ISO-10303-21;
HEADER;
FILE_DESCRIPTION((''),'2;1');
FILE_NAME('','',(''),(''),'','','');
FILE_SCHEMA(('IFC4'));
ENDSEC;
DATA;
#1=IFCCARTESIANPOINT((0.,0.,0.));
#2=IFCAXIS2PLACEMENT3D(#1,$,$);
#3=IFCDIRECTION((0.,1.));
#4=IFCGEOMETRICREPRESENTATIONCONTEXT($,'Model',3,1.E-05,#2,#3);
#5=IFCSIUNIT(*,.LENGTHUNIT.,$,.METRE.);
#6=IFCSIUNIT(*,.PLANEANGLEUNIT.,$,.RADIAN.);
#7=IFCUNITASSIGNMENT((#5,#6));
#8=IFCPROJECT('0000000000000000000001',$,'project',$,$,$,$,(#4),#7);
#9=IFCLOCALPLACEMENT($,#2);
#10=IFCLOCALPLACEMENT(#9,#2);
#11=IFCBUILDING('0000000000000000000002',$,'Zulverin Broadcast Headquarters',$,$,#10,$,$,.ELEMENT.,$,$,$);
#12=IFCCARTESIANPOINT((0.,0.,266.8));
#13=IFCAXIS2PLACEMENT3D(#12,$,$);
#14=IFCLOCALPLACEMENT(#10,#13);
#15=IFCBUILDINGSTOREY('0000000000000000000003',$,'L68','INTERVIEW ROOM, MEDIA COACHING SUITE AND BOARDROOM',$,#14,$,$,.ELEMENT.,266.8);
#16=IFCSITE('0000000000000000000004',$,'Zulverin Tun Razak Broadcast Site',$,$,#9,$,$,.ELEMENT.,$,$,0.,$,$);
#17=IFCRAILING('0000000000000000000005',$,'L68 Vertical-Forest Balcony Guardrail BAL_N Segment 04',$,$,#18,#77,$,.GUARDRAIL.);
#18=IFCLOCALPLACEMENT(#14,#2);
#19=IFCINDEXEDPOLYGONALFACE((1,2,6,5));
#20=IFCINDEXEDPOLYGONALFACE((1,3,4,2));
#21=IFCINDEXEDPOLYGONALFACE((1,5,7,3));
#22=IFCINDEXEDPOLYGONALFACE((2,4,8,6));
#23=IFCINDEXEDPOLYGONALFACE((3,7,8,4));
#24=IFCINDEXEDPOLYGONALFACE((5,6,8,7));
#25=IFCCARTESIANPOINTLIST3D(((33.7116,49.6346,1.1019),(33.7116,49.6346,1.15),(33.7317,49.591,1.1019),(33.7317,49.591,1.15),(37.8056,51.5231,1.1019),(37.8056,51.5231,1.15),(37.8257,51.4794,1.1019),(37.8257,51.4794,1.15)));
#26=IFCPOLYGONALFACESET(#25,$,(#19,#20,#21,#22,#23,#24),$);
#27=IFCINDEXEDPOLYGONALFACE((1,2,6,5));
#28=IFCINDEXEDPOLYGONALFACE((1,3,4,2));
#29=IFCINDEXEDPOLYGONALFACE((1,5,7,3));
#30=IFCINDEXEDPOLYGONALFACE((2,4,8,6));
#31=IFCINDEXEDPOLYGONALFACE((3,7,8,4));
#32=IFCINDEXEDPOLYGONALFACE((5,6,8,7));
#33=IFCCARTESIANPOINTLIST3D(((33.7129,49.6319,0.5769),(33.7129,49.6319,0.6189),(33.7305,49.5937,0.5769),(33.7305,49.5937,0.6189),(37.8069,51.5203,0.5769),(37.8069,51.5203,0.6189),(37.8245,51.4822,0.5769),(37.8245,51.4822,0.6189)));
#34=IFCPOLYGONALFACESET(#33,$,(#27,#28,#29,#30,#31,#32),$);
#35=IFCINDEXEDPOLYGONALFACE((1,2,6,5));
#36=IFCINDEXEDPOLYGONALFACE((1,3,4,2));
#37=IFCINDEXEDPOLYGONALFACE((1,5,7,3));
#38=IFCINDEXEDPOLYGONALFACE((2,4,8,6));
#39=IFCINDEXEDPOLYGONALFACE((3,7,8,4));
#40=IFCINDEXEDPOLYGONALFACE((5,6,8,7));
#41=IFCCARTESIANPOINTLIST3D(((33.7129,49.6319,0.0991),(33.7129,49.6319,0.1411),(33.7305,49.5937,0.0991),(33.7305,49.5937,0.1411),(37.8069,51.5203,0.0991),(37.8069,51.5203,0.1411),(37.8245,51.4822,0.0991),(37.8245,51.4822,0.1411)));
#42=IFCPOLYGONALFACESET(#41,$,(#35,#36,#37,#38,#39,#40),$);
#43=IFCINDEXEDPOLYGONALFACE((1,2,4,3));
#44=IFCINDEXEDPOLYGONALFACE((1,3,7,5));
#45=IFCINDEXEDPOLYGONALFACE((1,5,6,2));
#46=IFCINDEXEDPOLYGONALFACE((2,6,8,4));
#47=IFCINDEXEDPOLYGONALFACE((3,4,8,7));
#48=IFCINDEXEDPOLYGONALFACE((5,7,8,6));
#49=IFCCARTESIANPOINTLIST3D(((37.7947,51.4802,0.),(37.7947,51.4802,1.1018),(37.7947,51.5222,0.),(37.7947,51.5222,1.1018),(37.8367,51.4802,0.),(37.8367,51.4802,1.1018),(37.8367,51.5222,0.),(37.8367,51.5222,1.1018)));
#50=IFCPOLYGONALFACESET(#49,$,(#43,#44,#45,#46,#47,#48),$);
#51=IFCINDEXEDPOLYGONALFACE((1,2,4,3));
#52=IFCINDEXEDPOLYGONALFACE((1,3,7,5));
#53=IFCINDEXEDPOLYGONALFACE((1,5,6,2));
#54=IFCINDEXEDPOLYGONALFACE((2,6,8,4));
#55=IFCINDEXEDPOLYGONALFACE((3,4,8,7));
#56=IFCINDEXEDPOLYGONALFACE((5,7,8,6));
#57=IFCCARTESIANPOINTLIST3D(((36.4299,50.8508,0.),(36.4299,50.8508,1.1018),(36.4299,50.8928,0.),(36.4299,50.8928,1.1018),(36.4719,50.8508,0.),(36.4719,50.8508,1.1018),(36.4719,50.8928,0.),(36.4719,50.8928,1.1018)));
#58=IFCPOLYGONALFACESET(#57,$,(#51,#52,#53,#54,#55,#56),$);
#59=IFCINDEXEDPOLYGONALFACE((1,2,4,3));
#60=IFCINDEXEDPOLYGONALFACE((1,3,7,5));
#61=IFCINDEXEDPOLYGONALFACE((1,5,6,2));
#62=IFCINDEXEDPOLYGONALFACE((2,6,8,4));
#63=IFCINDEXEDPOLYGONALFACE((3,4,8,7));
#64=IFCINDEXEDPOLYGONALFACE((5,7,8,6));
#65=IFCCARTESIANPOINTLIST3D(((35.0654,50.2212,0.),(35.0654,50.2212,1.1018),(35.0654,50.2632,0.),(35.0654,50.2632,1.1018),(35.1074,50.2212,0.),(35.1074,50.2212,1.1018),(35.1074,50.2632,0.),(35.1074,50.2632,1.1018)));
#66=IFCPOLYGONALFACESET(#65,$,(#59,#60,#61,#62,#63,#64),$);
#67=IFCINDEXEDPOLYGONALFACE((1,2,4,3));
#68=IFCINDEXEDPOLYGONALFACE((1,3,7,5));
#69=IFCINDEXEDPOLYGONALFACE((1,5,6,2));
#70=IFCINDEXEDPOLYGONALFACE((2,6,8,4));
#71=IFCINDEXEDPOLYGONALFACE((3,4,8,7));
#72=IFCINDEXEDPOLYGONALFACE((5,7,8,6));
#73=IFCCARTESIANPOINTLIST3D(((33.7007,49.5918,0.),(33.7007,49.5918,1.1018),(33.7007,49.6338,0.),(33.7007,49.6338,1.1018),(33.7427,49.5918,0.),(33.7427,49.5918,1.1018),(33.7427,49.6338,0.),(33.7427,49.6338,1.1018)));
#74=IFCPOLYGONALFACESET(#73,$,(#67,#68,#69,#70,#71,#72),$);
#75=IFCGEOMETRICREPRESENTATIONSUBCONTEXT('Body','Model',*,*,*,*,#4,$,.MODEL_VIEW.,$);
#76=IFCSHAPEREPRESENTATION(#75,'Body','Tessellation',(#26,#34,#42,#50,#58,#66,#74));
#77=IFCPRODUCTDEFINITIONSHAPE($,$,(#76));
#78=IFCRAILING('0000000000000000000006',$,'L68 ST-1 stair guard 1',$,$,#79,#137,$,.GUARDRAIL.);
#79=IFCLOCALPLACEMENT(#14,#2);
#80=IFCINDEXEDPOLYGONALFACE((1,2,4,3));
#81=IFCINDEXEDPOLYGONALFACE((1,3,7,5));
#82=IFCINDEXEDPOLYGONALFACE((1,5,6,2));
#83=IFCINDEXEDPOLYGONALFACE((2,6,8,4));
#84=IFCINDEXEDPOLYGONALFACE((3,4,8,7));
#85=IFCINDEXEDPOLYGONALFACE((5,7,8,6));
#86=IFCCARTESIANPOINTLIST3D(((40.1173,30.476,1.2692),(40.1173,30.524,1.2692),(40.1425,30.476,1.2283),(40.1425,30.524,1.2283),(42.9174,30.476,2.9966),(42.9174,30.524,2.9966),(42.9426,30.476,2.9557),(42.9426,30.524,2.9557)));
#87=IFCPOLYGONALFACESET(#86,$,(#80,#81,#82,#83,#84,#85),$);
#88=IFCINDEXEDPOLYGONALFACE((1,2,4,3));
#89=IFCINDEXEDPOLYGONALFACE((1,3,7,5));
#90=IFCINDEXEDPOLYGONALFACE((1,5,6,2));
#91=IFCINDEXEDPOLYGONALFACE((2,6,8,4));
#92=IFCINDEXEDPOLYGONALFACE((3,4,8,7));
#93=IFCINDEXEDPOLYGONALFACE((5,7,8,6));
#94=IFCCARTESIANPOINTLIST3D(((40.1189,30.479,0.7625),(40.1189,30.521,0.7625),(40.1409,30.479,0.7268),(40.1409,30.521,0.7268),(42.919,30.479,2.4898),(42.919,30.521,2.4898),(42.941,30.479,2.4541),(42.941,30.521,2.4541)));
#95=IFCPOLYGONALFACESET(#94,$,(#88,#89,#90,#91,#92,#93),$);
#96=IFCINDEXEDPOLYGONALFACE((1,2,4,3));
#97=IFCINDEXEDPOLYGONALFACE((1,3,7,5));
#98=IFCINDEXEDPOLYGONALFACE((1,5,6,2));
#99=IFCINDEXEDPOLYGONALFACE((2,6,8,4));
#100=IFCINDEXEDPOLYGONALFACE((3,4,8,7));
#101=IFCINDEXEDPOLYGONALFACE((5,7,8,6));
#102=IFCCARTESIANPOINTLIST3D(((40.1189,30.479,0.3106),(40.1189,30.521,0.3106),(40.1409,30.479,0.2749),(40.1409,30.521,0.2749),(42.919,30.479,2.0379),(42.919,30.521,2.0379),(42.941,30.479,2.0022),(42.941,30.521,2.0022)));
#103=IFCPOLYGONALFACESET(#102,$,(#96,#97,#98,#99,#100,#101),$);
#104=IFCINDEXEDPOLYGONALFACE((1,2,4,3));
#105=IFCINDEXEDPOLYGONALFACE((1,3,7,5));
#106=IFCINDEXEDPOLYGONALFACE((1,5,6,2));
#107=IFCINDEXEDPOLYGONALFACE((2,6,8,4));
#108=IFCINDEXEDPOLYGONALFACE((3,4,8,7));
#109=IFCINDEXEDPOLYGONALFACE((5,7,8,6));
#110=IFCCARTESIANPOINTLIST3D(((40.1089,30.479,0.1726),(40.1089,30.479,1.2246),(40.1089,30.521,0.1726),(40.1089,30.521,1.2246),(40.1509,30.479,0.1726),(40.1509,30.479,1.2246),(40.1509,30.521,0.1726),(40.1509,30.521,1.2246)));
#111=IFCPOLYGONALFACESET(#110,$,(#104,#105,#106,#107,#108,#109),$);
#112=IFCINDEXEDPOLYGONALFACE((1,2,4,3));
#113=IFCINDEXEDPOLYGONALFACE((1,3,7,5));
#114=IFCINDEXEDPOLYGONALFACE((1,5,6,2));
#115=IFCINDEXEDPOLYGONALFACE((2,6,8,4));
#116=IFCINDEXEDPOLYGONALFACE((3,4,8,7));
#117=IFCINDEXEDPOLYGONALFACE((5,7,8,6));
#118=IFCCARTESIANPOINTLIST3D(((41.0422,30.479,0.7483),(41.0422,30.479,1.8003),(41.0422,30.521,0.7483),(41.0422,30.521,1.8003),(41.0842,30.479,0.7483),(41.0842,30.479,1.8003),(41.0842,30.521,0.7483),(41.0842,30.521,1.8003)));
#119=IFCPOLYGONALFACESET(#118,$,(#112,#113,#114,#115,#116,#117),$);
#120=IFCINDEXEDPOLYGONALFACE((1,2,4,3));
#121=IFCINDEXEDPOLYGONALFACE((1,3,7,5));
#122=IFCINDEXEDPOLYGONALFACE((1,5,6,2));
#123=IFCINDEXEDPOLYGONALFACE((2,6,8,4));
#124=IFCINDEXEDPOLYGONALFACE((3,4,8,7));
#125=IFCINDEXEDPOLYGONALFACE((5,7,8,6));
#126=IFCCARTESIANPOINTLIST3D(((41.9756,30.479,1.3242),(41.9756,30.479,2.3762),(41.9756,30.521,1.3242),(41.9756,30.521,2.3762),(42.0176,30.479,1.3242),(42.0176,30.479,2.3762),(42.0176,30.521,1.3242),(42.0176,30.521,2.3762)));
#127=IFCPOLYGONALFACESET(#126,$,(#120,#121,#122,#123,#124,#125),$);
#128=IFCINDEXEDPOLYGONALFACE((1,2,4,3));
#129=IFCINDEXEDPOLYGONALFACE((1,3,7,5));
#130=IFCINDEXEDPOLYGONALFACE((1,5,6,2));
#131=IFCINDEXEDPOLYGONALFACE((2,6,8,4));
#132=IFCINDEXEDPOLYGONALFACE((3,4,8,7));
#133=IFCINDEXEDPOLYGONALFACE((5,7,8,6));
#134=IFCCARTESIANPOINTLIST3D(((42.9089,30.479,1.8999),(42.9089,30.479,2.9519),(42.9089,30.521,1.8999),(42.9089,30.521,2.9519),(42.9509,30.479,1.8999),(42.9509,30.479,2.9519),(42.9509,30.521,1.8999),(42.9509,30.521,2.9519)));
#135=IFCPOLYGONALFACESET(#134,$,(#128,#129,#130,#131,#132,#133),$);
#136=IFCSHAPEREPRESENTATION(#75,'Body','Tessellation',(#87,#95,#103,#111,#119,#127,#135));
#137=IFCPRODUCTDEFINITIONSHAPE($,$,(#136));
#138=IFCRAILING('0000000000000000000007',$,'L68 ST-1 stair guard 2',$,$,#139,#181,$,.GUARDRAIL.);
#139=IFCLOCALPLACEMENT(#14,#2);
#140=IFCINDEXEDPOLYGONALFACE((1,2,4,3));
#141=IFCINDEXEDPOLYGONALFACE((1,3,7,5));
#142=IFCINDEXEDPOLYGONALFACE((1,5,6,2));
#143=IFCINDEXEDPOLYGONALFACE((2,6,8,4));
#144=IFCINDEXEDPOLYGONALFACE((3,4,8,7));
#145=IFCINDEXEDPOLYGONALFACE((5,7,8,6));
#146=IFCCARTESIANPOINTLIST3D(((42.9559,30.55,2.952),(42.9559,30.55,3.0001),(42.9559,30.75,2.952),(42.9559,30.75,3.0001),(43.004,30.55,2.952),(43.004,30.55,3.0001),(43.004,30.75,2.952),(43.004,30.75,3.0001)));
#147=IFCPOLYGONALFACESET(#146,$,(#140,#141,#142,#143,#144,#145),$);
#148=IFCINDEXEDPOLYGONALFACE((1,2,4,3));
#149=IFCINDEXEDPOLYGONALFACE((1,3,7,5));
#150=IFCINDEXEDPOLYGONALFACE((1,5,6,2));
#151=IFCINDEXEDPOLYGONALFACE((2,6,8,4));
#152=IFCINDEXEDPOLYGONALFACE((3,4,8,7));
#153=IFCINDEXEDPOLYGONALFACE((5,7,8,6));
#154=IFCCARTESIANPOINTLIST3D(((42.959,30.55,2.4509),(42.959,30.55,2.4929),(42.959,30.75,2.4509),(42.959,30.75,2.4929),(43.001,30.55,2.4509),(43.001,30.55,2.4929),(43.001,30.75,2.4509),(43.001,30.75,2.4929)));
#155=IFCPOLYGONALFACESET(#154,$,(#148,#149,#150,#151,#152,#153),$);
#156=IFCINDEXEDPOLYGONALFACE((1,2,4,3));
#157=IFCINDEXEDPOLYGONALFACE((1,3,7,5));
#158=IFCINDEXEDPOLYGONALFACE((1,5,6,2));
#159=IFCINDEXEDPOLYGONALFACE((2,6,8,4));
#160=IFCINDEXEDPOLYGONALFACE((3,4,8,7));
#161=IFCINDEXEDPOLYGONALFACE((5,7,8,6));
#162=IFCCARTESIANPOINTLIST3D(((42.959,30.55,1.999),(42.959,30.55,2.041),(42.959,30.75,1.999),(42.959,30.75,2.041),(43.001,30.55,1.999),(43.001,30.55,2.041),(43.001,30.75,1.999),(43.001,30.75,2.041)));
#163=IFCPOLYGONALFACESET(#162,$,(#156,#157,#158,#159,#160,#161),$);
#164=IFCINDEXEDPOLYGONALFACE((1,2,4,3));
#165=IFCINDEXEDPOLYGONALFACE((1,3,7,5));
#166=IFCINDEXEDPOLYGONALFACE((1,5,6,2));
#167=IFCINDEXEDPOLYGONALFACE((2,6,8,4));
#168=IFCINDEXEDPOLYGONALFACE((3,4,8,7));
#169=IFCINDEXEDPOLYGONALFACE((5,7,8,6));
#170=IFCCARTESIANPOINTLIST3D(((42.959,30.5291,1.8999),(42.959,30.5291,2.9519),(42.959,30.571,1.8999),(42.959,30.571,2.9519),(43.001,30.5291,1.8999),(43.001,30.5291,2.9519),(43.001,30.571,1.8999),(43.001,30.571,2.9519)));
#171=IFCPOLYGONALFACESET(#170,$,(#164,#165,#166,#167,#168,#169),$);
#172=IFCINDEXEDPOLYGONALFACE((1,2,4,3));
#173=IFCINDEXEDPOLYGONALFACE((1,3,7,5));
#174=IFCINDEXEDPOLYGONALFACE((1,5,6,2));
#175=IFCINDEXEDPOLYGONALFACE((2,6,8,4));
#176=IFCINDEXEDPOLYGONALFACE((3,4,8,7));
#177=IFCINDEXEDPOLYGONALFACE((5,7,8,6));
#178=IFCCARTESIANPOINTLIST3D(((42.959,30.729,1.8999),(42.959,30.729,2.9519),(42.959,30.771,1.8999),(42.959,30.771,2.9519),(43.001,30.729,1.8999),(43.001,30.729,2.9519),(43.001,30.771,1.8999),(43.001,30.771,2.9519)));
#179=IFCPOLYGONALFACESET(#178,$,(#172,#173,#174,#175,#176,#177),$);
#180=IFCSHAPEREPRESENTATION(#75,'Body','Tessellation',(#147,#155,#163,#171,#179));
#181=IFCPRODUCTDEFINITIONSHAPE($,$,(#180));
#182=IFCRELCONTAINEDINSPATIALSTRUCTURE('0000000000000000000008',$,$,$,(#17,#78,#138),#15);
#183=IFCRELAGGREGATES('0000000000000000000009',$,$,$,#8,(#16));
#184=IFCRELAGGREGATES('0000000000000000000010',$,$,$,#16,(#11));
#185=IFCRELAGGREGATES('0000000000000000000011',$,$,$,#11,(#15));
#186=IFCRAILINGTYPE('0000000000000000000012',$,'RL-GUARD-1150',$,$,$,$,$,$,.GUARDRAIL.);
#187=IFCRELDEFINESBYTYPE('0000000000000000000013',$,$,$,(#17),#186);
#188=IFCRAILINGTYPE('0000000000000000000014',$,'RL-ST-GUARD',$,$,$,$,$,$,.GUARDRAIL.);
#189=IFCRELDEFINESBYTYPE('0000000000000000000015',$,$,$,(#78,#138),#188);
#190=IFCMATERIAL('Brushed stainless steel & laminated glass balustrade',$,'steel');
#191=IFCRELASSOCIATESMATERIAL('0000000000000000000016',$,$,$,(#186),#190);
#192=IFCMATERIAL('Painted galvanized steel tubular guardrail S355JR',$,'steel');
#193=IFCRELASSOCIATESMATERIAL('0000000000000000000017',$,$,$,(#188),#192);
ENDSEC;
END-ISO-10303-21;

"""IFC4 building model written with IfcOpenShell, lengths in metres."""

from ifc_helpers import new_model, si_unit, direction, frame, origin, origin_2d, place, context, subcontext, project, spatial, rectangle, extrude, material, type_object, element, save


model = new_model("IFC4")

# Units and contexts
model_context = context("Model", 3, precision=1e-05, world=origin(), true_north=direction((0.0, 1.0)))
body_context = subcontext(model_context, "Body", "Model", "MODEL_VIEW")
ifc_project = project(units=[si_unit("LENGTHUNIT", "METRE"), si_unit("PLANEANGLEUNIT", "RADIAN")], contexts=[model_context])

# Site, building, storey
site_placement = place(None, origin())
site = spatial("IfcSite", under=ifc_project, at=site_placement, Name="Zulverin Tun Razak Broadcast Site", CompositionType="ELEMENT", RefElevation=0.0)
building_placement = place(site_placement, origin())
building = spatial("IfcBuilding", under=site, at=building_placement, Name="Zulverin Broadcast Headquarters", CompositionType="ELEMENT")
storey_placement = place(building_placement, frame((0.0, 0.0, 266.8)))
storey = spatial("IfcBuildingStorey", under=building, at=storey_placement, Name="L68", Description="INTERVIEW ROOM, MEDIA COACHING SUITE AND BOARDROOM", CompositionType="ELEMENT", Elevation=266.8)

# Railings
ifc_material_1 = material(Name="Brushed stainless steel & laminated glass balustrade", Category="steel")
railing_type_1 = type_object("IfcRailingType", Name="RL-GUARD-1150", PredefinedType="GUARDRAIL", material=ifc_material_1)
railing_1_placement = place(storey_placement, frame((37.8157, 51.5012, 0.0)))
element("IfcRailing", 1, at=railing_1_placement, inside=storey, type_object=railing_type_1, Name="L68 Vertical-Forest Balcony Guardrail BAL_N Segment 04", PredefinedType="GUARDRAIL", context=body_context, shape_type="SweptSolid", body=[
    extrude(rectangle(XDim=0.0481, YDim=0.0481, at=origin_2d()), frame((0.0, 0.0, 1.126), z_axis=(-0.908053, -0.418856, 0.0), x_axis=(0.418856, -0.908053, 0.0)), (0.0, 0.0, 1.0), 4.5085),
    extrude(rectangle(XDim=0.042, YDim=0.042, at=origin_2d()), frame((0.0, 0.0, 0.5979), z_axis=(-0.908053, -0.418856, 0.0), x_axis=(0.418856, -0.908053, 0.0)), (0.0, 0.0, 1.0), 4.5085),
    extrude(rectangle(XDim=0.042, YDim=0.042, at=origin_2d()), frame((0.0, 0.0, 0.1201), z_axis=(-0.908053, -0.418856, 0.0), x_axis=(0.418856, -0.908053, 0.0)), (0.0, 0.0, 1.0), 4.5085),
    extrude(rectangle(XDim=0.042, YDim=0.042, at=origin_2d()), origin(), (0.0, 0.0, 1.0), 1.1018),
    extrude(rectangle(XDim=0.042, YDim=0.042, at=origin_2d()), frame((-1.3647, -0.6294, 0.0)), (0.0, 0.0, 1.0), 1.1018),
    extrude(rectangle(XDim=0.042, YDim=0.042, at=origin_2d()), frame((-2.7292, -1.259, 0.0)), (0.0, 0.0, 1.0), 1.1018),
    extrude(rectangle(XDim=0.042, YDim=0.042, at=origin_2d()), frame((-4.094, -1.8884, 0.0)), (0.0, 0.0, 1.0), 1.1018),
])
ifc_material_2 = material(Name="Painted galvanized steel tubular guardrail S355JR", Category="steel")
railing_type_2 = type_object("IfcRailingType", Name="RL-ST-GUARD", PredefinedType="GUARDRAIL", material=ifc_material_2)
railing_2_placement = place(storey_placement, frame((40.1299, 30.5, 0.1726)))
element("IfcRailing", 2, at=railing_2_placement, inside=storey, type_object=railing_type_2, Name="L68 ST-1 stair guard 1", PredefinedType="GUARDRAIL", context=body_context, shape_type="SweptSolid", body=[
    extrude(rectangle(XDim=0.0481, YDim=0.0481, at=origin_2d()), frame((0.0, 0.0, 1.0762), z_axis=(0.85109, 0.0, 0.52502), x_axis=(0.0, 1.0, 0.0)), (0.0, 0.0, 1.0), 3.29),
    extrude(rectangle(XDim=0.042, YDim=0.042, at=origin_2d()), frame((0.0, 0.0, 0.572), z_axis=(0.85109, 0.0, 0.52502), x_axis=(0.0, 1.0, 0.0)), (0.0, 0.0, 1.0), 3.29),
    extrude(rectangle(XDim=0.042, YDim=0.042, at=origin_2d()), frame((0.0, 0.0, 0.1201), z_axis=(0.85109, 0.0, 0.52502), x_axis=(0.0, 1.0, 0.0)), (0.0, 0.0, 1.0), 3.29),
    extrude(rectangle(XDim=0.042, YDim=0.042, at=origin_2d()), origin(), (0.0, 0.0, 1.0), 1.052),
    extrude(rectangle(XDim=0.042, YDim=0.042, at=origin_2d()), frame((0.9333, 0.0, 0.5757)), (0.0, 0.0, 1.0), 1.052),
    extrude(rectangle(XDim=0.042, YDim=0.042, at=origin_2d()), frame((1.8667, 0.0, 1.1516)), (0.0, 0.0, 1.0), 1.052),
    extrude(rectangle(XDim=0.042, YDim=0.042, at=origin_2d()), frame((2.8, 0.0, 1.7273)), (0.0, 0.0, 1.0), 1.052),
])
railing_3_placement = place(storey_placement, frame((42.98, 30.55, 1.8999)))
element("IfcRailing", 3, at=railing_3_placement, inside=storey, type_object=railing_type_2, Name="L68 ST-1 stair guard 2", PredefinedType="GUARDRAIL", context=body_context, shape_type="SweptSolid", body=[
    extrude(rectangle(XDim=0.0481, YDim=0.0481, at=origin_2d()), frame((0.0, 0.0, 1.0762), z_axis=(0.0, 1.0, 0.0), x_axis=(-1.0, 0.0, 0.0)), (0.0, 0.0, 1.0), 0.2),
    extrude(rectangle(XDim=0.042, YDim=0.042, at=origin_2d()), frame((0.0, 0.0, 0.572), z_axis=(0.0, 1.0, 0.0), x_axis=(-1.0, 0.0, 0.0)), (0.0, 0.0, 1.0), 0.2),
    extrude(rectangle(XDim=0.042, YDim=0.042, at=origin_2d()), frame((0.0, 0.0, 0.1201), z_axis=(0.0, 1.0, 0.0), x_axis=(-1.0, 0.0, 0.0)), (0.0, 0.0, 1.0), 0.2),
    extrude(rectangle(XDim=0.042, YDim=0.042, at=origin_2d()), origin(), (0.0, 0.0, 1.0), 1.052),
    extrude(rectangle(XDim=0.042, YDim=0.042, at=origin_2d()), frame((0.0, 0.2, 0.0)), (0.0, 0.0, 1.0), 1.052),
])

save(model, "model.ifc")
